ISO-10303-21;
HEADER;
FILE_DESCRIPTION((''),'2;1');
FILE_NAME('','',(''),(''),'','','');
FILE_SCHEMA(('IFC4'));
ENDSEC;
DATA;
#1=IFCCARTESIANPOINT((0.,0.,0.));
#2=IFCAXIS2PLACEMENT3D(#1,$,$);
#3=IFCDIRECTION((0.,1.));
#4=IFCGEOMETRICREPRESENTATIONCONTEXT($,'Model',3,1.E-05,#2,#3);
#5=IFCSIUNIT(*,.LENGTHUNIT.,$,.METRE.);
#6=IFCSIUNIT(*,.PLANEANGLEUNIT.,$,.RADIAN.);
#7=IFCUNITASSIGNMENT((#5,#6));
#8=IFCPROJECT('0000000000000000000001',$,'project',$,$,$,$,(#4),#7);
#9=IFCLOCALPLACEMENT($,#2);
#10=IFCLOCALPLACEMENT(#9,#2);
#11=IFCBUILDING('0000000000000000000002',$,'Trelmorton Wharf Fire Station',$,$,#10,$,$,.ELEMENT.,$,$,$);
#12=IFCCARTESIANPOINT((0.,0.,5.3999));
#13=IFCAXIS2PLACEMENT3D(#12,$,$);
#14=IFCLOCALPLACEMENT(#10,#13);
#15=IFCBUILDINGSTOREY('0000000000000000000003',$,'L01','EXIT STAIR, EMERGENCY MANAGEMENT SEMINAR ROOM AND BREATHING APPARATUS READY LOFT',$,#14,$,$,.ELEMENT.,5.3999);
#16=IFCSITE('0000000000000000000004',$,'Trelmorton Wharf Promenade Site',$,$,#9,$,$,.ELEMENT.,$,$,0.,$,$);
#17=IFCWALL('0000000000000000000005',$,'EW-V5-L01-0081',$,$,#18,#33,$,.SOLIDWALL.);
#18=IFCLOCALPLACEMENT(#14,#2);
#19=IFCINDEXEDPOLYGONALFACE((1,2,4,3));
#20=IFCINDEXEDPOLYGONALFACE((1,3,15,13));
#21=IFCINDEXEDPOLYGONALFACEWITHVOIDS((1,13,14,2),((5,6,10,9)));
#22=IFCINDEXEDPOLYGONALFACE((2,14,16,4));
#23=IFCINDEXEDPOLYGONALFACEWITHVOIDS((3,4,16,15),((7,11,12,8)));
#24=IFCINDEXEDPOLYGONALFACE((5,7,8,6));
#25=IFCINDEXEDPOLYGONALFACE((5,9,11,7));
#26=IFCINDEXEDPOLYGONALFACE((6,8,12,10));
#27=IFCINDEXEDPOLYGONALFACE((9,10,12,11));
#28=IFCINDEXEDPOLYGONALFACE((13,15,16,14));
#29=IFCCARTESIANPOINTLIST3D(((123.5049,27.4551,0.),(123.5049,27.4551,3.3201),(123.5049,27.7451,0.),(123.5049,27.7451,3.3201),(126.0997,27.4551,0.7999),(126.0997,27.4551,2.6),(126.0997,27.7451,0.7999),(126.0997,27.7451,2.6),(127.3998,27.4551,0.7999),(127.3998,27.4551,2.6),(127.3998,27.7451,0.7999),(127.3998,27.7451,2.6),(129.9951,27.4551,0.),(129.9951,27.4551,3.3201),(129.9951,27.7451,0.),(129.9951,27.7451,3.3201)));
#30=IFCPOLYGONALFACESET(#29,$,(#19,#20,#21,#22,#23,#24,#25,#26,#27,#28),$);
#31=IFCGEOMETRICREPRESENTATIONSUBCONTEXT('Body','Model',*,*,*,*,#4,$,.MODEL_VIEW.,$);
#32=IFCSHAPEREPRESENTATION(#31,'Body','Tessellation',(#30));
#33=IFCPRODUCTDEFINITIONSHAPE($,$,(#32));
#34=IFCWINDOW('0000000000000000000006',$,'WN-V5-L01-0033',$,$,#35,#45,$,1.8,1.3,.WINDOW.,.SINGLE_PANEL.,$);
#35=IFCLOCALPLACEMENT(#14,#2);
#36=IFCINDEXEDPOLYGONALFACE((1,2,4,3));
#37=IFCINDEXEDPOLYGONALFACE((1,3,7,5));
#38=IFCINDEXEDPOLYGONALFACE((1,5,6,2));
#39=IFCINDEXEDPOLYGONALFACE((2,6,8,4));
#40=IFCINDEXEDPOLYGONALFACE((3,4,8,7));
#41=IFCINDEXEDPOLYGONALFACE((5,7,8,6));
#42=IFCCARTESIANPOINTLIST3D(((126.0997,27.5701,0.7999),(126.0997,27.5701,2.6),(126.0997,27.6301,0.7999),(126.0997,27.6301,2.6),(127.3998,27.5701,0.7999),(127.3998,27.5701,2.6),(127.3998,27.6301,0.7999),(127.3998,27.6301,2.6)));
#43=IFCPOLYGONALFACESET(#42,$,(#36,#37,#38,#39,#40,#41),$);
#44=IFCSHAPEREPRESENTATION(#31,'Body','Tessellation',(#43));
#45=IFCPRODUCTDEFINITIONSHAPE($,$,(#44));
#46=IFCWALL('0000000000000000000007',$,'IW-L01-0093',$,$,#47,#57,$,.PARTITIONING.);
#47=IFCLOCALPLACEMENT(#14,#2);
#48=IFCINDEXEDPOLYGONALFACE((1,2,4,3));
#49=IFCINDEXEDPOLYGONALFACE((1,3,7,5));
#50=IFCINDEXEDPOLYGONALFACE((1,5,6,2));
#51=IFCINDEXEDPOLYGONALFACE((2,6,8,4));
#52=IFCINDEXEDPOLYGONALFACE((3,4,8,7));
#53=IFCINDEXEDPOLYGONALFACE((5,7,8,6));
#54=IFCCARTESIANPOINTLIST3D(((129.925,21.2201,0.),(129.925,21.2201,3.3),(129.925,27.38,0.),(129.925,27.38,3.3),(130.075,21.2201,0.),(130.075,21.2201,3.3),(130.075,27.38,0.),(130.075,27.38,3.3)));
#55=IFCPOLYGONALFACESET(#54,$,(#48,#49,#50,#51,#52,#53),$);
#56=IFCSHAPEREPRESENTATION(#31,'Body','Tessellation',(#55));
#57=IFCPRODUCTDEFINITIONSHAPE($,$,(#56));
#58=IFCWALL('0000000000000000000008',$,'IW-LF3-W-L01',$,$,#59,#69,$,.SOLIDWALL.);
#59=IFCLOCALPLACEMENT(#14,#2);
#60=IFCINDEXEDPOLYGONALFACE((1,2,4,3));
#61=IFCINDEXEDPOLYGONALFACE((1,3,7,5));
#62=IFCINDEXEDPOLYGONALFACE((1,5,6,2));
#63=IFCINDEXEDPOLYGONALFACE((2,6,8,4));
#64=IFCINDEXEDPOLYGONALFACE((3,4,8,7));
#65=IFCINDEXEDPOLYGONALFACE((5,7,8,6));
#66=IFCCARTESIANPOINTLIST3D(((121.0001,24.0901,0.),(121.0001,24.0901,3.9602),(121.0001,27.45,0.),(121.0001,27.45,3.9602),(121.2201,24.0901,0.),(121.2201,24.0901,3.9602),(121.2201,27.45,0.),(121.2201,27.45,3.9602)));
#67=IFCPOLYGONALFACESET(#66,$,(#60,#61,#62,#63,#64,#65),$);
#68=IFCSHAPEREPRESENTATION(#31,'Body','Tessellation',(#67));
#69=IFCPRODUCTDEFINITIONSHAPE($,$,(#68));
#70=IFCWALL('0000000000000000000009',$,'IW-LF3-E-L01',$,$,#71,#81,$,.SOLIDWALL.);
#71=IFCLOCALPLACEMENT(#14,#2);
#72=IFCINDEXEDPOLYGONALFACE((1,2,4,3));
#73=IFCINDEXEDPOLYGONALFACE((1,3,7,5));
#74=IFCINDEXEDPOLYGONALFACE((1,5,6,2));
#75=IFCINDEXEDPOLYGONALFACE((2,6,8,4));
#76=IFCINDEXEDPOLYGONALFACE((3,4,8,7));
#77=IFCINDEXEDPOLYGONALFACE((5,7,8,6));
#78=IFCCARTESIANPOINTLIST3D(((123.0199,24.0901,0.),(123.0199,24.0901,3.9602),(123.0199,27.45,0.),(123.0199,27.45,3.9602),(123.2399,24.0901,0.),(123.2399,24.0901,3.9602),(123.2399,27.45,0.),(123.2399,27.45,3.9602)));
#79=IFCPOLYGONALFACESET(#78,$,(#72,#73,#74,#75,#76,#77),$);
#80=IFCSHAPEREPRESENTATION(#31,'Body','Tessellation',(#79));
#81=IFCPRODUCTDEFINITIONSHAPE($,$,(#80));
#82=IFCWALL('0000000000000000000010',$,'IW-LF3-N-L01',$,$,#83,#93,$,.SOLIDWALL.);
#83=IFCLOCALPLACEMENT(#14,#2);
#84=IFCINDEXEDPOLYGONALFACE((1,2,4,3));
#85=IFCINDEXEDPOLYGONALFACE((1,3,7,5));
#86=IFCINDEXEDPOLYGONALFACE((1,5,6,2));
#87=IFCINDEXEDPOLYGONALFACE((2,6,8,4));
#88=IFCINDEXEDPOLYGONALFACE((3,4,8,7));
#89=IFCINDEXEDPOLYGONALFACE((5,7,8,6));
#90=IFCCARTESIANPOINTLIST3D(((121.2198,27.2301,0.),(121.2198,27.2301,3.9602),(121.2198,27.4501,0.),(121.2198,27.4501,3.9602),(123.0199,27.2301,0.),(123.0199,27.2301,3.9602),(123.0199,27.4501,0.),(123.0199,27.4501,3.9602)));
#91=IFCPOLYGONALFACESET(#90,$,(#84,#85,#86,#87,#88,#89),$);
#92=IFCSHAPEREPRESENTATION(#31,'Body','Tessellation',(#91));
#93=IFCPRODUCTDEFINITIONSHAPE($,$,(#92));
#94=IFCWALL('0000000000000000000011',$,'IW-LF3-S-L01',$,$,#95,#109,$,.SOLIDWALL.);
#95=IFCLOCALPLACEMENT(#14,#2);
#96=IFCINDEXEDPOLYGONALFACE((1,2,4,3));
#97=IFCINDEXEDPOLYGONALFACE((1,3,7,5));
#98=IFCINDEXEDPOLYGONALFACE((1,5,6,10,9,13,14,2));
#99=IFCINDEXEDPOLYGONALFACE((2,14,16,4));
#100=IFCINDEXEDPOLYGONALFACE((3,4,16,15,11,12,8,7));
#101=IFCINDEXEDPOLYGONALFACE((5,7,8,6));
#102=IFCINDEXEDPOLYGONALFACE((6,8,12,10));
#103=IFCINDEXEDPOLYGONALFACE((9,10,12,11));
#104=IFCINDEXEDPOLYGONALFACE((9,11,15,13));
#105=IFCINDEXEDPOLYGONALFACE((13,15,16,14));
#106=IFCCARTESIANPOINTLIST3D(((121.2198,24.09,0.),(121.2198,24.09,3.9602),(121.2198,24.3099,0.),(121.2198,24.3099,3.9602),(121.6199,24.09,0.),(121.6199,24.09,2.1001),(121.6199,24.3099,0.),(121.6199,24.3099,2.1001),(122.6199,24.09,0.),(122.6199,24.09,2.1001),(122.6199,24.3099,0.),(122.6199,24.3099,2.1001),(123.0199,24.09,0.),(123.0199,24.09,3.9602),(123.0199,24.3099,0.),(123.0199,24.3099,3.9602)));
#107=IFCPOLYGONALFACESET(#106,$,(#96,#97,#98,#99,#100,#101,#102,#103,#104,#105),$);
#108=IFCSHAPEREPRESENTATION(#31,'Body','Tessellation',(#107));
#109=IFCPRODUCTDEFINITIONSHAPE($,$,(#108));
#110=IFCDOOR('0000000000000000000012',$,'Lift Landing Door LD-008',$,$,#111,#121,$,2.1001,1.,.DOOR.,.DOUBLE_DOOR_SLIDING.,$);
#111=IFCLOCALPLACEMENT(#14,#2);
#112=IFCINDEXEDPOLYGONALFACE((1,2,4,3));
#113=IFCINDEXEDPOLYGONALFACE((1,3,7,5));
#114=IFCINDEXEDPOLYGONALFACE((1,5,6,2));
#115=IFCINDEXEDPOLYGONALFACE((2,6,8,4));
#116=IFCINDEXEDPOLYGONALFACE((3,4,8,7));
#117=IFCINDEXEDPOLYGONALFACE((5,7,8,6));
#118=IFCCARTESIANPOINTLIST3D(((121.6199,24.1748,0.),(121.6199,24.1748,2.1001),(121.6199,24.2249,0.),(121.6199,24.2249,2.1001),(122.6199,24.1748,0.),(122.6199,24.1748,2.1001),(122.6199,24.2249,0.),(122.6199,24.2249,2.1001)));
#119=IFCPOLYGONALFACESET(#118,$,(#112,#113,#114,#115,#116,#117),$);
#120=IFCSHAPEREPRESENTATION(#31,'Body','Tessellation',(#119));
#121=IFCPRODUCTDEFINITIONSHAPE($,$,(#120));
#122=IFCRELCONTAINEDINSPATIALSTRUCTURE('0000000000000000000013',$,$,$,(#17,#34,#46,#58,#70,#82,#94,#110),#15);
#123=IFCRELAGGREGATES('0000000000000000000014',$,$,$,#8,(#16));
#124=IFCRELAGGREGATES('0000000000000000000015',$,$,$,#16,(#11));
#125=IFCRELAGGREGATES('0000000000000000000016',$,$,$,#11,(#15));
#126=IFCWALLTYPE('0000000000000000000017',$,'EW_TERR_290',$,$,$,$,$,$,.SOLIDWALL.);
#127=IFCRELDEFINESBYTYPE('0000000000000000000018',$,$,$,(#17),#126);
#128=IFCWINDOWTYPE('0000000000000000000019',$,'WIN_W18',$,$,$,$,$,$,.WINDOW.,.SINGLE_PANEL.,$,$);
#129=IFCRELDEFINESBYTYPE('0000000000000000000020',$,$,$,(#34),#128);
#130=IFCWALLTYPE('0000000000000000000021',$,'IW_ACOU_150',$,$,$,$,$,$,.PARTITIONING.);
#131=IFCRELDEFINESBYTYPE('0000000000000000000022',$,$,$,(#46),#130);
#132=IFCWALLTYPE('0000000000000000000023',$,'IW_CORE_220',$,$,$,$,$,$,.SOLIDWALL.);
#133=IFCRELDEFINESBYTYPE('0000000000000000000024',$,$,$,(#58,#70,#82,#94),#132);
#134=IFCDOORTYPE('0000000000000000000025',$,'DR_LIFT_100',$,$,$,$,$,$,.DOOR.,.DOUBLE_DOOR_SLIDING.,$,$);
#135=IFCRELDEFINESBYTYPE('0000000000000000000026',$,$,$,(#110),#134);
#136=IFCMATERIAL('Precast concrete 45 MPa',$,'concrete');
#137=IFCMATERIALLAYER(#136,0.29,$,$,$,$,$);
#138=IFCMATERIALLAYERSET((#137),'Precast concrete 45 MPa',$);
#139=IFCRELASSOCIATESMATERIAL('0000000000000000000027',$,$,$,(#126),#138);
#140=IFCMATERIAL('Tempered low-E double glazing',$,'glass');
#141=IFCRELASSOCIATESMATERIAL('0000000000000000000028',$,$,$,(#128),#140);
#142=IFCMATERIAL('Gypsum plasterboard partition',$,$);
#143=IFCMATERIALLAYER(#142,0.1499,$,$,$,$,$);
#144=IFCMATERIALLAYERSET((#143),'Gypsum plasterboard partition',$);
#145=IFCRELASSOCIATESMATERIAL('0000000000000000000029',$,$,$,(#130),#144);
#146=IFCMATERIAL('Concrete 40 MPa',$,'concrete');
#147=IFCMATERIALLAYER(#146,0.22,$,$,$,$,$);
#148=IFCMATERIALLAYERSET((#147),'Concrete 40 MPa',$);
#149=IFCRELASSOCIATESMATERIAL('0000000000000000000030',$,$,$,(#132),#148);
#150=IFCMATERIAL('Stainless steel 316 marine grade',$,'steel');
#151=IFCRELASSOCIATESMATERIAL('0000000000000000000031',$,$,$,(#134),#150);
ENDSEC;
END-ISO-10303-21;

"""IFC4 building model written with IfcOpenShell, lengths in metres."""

from ifc_helpers import new_model, si_unit, direction, frame, frame_2d, origin, place, context, subcontext, project, spatial, rectangle, extrude, material, layer, layer_set, type_object, element, fill, save


model = new_model("IFC4")

# Units and contexts
model_context = context("Model", 3, precision=1e-05, world=origin(), true_north=direction((0.0, 1.0)))
body_context = subcontext(model_context, "Body", "Model", "MODEL_VIEW")
ifc_project = project(units=[si_unit("LENGTHUNIT", "METRE"), si_unit("PLANEANGLEUNIT", "RADIAN")], contexts=[model_context])

# Site, building, storey
site_placement = place(None, origin())
site = spatial("IfcSite", under=ifc_project, at=site_placement, Name="Trelmorton Wharf Promenade Site", CompositionType="ELEMENT", RefElevation=0.0)
building_placement = place(site_placement, origin())
building = spatial("IfcBuilding", under=site, at=building_placement, Name="Trelmorton Wharf Fire Station", CompositionType="ELEMENT")
storey_placement = place(building_placement, frame((0.0, 0.0, 5.3999)))
storey = spatial("IfcBuildingStorey", under=building, at=storey_placement, Name="L01", Description="EXIT STAIR, EMERGENCY MANAGEMENT SEMINAR ROOM AND BREATHING APPARATUS READY LOFT", CompositionType="ELEMENT", Elevation=5.3999)

# Shared definitions
ifc_material_1 = material(Name="Tempered low-E double glazing", Category="glass")

# Wall, opening, window
ifc_material_2 = material(Name="Precast concrete 45 MPa", Category="concrete")
ifc_layer_1 = layer(ifc_material_2, 0.29)
ifc_layer_set_1 = layer_set([ifc_layer_1], Name="Precast concrete 45 MPa")
wall_type_1 = type_object("IfcWallType", Name="EW_TERR_290", PredefinedType="SOLIDWALL", material=ifc_layer_set_1)
wall_1_placement = place(storey_placement, frame((123.5049, 27.6001, 0.0), z_axis=(0.0, 0.0, 1.0), x_axis=(1.0, 0.0, 0.0)))
wall_1 = element("IfcWall", 1, at=wall_1_placement, inside=storey, type_object=wall_type_1, Name="EW-V5-L01-0081", PredefinedType="SOLIDWALL", context=body_context, shape_type="SweptSolid", body=[
    extrude(rectangle(XDim=6.4902, YDim=0.29, at=frame_2d((3.2451, 0.0))), origin(), (0.0, 0.0, 1.0), 3.3201),
])
opening_1_placement = place(wall_1_placement, frame((2.595, 0.0, 0.8)))
opening_1 = element("IfcOpeningElement", 2, at=opening_1_placement, cuts=wall_1, PredefinedType="OPENING", context=body_context, shape_type="SweptSolid", body=[
    extrude(rectangle(XDim=1.3, YDim=1.8, at=frame_2d((0.6499, 0.8999))), frame((0.0, 0.155, 0.0), z_axis=(0.0, -1.0, 0.0), x_axis=(1.0, 0.0, 0.0)), (0.0, 0.0, 1.0), 0.3101),
])
window_type_1 = type_object("IfcWindowType", Name="WIN_W18", PartitioningType="SINGLE_PANEL", PredefinedType="WINDOW", material=ifc_material_1)
window_1_placement = place(opening_1_placement, origin())
window_1 = element("IfcWindow", 3, at=window_1_placement, inside=storey, type_object=window_type_1, Name="WN-V5-L01-0033", OverallHeight=1.8, OverallWidth=1.3, PartitioningType="SINGLE_PANEL", PredefinedType="WINDOW", context=body_context, shape_type="SweptSolid", body=[
    extrude(rectangle(XDim=1.3, YDim=1.8, at=frame_2d((0.6499, 0.8999))), frame((0.0, 0.03, 0.0), z_axis=(0.0, -1.0, 0.0), x_axis=(1.0, 0.0, 0.0)), (0.0, 0.0, 1.0), 0.0601),
])
fill(opening_1, window_1)

# Walls
ifc_material_3 = material(Name="Gypsum plasterboard partition")
ifc_layer_2 = layer(ifc_material_3, 0.1499)
ifc_layer_set_2 = layer_set([ifc_layer_2], Name="Gypsum plasterboard partition")
wall_type_2 = type_object("IfcWallType", Name="IW_ACOU_150", PredefinedType="PARTITIONING", material=ifc_layer_set_2)
wall_2_placement = place(storey_placement, frame((130.0, 21.22, 0.0), z_axis=(0.0, 0.0, 1.0), x_axis=(0.0, 1.0, 0.0)))
element("IfcWall", 4, at=wall_2_placement, inside=storey, type_object=wall_type_2, Name="IW-L01-0093", PredefinedType="PARTITIONING", context=body_context, shape_type="SweptSolid", body=[
    extrude(rectangle(XDim=6.1599, YDim=0.1499, at=frame_2d((3.0801, 0.0))), origin(), (0.0, 0.0, 1.0), 3.3),
])
ifc_material_4 = material(Name="Concrete 40 MPa", Category="concrete")
ifc_layer_3 = layer(ifc_material_4, 0.22)
ifc_layer_set_3 = layer_set([ifc_layer_3], Name="Concrete 40 MPa")
wall_type_3 = type_object("IfcWallType", Name="IW_CORE_220", PredefinedType="SOLIDWALL", material=ifc_layer_set_3)
for number, where, z_axis, x_axis, name in (
    (5, (121.1101, 24.0901, 0.0), (0.0, 0.0, 1.0), (0.0, 1.0, 0.0), "IW-LF3-W-L01"),
    (6, (123.1299, 24.0901, 0.0), (0.0, 0.0, 1.0), (0.0, 1.0, 0.0), "IW-LF3-E-L01"),
):
    element("IfcWall", number, at=place(storey_placement, frame(where, z_axis=z_axis, x_axis=x_axis)), inside=storey, type_object=wall_type_3, Name=name, PredefinedType="SOLIDWALL", context=body_context, shape_type="SweptSolid", body=[
        extrude(rectangle(XDim=3.3599, YDim=0.22, at=frame_2d((1.6799, 0.0))), origin(), (0.0, 0.0, 1.0), 3.9602),
    ])
wall_3_placement = place(storey_placement, frame((121.22, 27.3401, 0.0), z_axis=(0.0, 0.0, 1.0), x_axis=(1.0, 0.0, 0.0)))
element("IfcWall", 7, at=wall_3_placement, inside=storey, type_object=wall_type_3, Name="IW-LF3-N-L01", PredefinedType="SOLIDWALL", context=body_context, shape_type="SweptSolid", body=[
    extrude(rectangle(XDim=1.8, YDim=0.22, at=frame_2d((0.8999, 0.0))), origin(), (0.0, 0.0, 1.0), 3.9602),
])

# Wall, opening, door
wall_4_placement = place(storey_placement, frame((121.22, 24.2, 0.0), z_axis=(0.0, 0.0, 1.0), x_axis=(1.0, 0.0, 0.0)))
wall_4 = element("IfcWall", 8, at=wall_4_placement, inside=storey, type_object=wall_type_3, Name="IW-LF3-S-L01", PredefinedType="SOLIDWALL", context=body_context, shape_type="SweptSolid", body=[
    extrude(rectangle(XDim=1.8, YDim=0.22, at=frame_2d((0.8999, 0.0))), origin(), (0.0, 0.0, 1.0), 3.9602),
])
opening_2_placement = place(wall_4_placement, frame((0.3999, 0.0, 0.0)))
opening_2 = element("IfcOpeningElement", 9, at=opening_2_placement, cuts=wall_4, PredefinedType="OPENING", context=body_context, shape_type="SweptSolid", body=[
    extrude(rectangle(XDim=1.0, YDim=2.1001, at=frame_2d((0.5, 1.05))), frame((0.0, 0.1201, 0.0), z_axis=(0.0, -1.0, 0.0), x_axis=(1.0, 0.0, 0.0)), (0.0, 0.0, 1.0), 0.24),
])
ifc_material_5 = material(Name="Stainless steel 316 marine grade", Category="steel")
door_type_1 = type_object("IfcDoorType", Name="DR_LIFT_100", OperationType="DOUBLE_DOOR_SLIDING", PredefinedType="DOOR", material=ifc_material_5)
door_1_placement = place(opening_2_placement, origin())
door_1 = element("IfcDoor", 10, at=door_1_placement, inside=storey, type_object=door_type_1, Name="Lift Landing Door LD-008", OperationType="DOUBLE_DOOR_SLIDING", OverallHeight=2.1001, OverallWidth=1.0, PredefinedType="DOOR", context=body_context, shape_type="SweptSolid", body=[
    extrude(rectangle(XDim=1.0, YDim=2.1001, at=frame_2d((0.5, 1.05))), frame((0.0, 0.0249, 0.0), z_axis=(0.0, -1.0, 0.0), x_axis=(1.0, 0.0, 0.0)), (0.0, 0.0, 1.0), 0.05),
])
fill(opening_2, door_1)

save(model, "model.ifc")
